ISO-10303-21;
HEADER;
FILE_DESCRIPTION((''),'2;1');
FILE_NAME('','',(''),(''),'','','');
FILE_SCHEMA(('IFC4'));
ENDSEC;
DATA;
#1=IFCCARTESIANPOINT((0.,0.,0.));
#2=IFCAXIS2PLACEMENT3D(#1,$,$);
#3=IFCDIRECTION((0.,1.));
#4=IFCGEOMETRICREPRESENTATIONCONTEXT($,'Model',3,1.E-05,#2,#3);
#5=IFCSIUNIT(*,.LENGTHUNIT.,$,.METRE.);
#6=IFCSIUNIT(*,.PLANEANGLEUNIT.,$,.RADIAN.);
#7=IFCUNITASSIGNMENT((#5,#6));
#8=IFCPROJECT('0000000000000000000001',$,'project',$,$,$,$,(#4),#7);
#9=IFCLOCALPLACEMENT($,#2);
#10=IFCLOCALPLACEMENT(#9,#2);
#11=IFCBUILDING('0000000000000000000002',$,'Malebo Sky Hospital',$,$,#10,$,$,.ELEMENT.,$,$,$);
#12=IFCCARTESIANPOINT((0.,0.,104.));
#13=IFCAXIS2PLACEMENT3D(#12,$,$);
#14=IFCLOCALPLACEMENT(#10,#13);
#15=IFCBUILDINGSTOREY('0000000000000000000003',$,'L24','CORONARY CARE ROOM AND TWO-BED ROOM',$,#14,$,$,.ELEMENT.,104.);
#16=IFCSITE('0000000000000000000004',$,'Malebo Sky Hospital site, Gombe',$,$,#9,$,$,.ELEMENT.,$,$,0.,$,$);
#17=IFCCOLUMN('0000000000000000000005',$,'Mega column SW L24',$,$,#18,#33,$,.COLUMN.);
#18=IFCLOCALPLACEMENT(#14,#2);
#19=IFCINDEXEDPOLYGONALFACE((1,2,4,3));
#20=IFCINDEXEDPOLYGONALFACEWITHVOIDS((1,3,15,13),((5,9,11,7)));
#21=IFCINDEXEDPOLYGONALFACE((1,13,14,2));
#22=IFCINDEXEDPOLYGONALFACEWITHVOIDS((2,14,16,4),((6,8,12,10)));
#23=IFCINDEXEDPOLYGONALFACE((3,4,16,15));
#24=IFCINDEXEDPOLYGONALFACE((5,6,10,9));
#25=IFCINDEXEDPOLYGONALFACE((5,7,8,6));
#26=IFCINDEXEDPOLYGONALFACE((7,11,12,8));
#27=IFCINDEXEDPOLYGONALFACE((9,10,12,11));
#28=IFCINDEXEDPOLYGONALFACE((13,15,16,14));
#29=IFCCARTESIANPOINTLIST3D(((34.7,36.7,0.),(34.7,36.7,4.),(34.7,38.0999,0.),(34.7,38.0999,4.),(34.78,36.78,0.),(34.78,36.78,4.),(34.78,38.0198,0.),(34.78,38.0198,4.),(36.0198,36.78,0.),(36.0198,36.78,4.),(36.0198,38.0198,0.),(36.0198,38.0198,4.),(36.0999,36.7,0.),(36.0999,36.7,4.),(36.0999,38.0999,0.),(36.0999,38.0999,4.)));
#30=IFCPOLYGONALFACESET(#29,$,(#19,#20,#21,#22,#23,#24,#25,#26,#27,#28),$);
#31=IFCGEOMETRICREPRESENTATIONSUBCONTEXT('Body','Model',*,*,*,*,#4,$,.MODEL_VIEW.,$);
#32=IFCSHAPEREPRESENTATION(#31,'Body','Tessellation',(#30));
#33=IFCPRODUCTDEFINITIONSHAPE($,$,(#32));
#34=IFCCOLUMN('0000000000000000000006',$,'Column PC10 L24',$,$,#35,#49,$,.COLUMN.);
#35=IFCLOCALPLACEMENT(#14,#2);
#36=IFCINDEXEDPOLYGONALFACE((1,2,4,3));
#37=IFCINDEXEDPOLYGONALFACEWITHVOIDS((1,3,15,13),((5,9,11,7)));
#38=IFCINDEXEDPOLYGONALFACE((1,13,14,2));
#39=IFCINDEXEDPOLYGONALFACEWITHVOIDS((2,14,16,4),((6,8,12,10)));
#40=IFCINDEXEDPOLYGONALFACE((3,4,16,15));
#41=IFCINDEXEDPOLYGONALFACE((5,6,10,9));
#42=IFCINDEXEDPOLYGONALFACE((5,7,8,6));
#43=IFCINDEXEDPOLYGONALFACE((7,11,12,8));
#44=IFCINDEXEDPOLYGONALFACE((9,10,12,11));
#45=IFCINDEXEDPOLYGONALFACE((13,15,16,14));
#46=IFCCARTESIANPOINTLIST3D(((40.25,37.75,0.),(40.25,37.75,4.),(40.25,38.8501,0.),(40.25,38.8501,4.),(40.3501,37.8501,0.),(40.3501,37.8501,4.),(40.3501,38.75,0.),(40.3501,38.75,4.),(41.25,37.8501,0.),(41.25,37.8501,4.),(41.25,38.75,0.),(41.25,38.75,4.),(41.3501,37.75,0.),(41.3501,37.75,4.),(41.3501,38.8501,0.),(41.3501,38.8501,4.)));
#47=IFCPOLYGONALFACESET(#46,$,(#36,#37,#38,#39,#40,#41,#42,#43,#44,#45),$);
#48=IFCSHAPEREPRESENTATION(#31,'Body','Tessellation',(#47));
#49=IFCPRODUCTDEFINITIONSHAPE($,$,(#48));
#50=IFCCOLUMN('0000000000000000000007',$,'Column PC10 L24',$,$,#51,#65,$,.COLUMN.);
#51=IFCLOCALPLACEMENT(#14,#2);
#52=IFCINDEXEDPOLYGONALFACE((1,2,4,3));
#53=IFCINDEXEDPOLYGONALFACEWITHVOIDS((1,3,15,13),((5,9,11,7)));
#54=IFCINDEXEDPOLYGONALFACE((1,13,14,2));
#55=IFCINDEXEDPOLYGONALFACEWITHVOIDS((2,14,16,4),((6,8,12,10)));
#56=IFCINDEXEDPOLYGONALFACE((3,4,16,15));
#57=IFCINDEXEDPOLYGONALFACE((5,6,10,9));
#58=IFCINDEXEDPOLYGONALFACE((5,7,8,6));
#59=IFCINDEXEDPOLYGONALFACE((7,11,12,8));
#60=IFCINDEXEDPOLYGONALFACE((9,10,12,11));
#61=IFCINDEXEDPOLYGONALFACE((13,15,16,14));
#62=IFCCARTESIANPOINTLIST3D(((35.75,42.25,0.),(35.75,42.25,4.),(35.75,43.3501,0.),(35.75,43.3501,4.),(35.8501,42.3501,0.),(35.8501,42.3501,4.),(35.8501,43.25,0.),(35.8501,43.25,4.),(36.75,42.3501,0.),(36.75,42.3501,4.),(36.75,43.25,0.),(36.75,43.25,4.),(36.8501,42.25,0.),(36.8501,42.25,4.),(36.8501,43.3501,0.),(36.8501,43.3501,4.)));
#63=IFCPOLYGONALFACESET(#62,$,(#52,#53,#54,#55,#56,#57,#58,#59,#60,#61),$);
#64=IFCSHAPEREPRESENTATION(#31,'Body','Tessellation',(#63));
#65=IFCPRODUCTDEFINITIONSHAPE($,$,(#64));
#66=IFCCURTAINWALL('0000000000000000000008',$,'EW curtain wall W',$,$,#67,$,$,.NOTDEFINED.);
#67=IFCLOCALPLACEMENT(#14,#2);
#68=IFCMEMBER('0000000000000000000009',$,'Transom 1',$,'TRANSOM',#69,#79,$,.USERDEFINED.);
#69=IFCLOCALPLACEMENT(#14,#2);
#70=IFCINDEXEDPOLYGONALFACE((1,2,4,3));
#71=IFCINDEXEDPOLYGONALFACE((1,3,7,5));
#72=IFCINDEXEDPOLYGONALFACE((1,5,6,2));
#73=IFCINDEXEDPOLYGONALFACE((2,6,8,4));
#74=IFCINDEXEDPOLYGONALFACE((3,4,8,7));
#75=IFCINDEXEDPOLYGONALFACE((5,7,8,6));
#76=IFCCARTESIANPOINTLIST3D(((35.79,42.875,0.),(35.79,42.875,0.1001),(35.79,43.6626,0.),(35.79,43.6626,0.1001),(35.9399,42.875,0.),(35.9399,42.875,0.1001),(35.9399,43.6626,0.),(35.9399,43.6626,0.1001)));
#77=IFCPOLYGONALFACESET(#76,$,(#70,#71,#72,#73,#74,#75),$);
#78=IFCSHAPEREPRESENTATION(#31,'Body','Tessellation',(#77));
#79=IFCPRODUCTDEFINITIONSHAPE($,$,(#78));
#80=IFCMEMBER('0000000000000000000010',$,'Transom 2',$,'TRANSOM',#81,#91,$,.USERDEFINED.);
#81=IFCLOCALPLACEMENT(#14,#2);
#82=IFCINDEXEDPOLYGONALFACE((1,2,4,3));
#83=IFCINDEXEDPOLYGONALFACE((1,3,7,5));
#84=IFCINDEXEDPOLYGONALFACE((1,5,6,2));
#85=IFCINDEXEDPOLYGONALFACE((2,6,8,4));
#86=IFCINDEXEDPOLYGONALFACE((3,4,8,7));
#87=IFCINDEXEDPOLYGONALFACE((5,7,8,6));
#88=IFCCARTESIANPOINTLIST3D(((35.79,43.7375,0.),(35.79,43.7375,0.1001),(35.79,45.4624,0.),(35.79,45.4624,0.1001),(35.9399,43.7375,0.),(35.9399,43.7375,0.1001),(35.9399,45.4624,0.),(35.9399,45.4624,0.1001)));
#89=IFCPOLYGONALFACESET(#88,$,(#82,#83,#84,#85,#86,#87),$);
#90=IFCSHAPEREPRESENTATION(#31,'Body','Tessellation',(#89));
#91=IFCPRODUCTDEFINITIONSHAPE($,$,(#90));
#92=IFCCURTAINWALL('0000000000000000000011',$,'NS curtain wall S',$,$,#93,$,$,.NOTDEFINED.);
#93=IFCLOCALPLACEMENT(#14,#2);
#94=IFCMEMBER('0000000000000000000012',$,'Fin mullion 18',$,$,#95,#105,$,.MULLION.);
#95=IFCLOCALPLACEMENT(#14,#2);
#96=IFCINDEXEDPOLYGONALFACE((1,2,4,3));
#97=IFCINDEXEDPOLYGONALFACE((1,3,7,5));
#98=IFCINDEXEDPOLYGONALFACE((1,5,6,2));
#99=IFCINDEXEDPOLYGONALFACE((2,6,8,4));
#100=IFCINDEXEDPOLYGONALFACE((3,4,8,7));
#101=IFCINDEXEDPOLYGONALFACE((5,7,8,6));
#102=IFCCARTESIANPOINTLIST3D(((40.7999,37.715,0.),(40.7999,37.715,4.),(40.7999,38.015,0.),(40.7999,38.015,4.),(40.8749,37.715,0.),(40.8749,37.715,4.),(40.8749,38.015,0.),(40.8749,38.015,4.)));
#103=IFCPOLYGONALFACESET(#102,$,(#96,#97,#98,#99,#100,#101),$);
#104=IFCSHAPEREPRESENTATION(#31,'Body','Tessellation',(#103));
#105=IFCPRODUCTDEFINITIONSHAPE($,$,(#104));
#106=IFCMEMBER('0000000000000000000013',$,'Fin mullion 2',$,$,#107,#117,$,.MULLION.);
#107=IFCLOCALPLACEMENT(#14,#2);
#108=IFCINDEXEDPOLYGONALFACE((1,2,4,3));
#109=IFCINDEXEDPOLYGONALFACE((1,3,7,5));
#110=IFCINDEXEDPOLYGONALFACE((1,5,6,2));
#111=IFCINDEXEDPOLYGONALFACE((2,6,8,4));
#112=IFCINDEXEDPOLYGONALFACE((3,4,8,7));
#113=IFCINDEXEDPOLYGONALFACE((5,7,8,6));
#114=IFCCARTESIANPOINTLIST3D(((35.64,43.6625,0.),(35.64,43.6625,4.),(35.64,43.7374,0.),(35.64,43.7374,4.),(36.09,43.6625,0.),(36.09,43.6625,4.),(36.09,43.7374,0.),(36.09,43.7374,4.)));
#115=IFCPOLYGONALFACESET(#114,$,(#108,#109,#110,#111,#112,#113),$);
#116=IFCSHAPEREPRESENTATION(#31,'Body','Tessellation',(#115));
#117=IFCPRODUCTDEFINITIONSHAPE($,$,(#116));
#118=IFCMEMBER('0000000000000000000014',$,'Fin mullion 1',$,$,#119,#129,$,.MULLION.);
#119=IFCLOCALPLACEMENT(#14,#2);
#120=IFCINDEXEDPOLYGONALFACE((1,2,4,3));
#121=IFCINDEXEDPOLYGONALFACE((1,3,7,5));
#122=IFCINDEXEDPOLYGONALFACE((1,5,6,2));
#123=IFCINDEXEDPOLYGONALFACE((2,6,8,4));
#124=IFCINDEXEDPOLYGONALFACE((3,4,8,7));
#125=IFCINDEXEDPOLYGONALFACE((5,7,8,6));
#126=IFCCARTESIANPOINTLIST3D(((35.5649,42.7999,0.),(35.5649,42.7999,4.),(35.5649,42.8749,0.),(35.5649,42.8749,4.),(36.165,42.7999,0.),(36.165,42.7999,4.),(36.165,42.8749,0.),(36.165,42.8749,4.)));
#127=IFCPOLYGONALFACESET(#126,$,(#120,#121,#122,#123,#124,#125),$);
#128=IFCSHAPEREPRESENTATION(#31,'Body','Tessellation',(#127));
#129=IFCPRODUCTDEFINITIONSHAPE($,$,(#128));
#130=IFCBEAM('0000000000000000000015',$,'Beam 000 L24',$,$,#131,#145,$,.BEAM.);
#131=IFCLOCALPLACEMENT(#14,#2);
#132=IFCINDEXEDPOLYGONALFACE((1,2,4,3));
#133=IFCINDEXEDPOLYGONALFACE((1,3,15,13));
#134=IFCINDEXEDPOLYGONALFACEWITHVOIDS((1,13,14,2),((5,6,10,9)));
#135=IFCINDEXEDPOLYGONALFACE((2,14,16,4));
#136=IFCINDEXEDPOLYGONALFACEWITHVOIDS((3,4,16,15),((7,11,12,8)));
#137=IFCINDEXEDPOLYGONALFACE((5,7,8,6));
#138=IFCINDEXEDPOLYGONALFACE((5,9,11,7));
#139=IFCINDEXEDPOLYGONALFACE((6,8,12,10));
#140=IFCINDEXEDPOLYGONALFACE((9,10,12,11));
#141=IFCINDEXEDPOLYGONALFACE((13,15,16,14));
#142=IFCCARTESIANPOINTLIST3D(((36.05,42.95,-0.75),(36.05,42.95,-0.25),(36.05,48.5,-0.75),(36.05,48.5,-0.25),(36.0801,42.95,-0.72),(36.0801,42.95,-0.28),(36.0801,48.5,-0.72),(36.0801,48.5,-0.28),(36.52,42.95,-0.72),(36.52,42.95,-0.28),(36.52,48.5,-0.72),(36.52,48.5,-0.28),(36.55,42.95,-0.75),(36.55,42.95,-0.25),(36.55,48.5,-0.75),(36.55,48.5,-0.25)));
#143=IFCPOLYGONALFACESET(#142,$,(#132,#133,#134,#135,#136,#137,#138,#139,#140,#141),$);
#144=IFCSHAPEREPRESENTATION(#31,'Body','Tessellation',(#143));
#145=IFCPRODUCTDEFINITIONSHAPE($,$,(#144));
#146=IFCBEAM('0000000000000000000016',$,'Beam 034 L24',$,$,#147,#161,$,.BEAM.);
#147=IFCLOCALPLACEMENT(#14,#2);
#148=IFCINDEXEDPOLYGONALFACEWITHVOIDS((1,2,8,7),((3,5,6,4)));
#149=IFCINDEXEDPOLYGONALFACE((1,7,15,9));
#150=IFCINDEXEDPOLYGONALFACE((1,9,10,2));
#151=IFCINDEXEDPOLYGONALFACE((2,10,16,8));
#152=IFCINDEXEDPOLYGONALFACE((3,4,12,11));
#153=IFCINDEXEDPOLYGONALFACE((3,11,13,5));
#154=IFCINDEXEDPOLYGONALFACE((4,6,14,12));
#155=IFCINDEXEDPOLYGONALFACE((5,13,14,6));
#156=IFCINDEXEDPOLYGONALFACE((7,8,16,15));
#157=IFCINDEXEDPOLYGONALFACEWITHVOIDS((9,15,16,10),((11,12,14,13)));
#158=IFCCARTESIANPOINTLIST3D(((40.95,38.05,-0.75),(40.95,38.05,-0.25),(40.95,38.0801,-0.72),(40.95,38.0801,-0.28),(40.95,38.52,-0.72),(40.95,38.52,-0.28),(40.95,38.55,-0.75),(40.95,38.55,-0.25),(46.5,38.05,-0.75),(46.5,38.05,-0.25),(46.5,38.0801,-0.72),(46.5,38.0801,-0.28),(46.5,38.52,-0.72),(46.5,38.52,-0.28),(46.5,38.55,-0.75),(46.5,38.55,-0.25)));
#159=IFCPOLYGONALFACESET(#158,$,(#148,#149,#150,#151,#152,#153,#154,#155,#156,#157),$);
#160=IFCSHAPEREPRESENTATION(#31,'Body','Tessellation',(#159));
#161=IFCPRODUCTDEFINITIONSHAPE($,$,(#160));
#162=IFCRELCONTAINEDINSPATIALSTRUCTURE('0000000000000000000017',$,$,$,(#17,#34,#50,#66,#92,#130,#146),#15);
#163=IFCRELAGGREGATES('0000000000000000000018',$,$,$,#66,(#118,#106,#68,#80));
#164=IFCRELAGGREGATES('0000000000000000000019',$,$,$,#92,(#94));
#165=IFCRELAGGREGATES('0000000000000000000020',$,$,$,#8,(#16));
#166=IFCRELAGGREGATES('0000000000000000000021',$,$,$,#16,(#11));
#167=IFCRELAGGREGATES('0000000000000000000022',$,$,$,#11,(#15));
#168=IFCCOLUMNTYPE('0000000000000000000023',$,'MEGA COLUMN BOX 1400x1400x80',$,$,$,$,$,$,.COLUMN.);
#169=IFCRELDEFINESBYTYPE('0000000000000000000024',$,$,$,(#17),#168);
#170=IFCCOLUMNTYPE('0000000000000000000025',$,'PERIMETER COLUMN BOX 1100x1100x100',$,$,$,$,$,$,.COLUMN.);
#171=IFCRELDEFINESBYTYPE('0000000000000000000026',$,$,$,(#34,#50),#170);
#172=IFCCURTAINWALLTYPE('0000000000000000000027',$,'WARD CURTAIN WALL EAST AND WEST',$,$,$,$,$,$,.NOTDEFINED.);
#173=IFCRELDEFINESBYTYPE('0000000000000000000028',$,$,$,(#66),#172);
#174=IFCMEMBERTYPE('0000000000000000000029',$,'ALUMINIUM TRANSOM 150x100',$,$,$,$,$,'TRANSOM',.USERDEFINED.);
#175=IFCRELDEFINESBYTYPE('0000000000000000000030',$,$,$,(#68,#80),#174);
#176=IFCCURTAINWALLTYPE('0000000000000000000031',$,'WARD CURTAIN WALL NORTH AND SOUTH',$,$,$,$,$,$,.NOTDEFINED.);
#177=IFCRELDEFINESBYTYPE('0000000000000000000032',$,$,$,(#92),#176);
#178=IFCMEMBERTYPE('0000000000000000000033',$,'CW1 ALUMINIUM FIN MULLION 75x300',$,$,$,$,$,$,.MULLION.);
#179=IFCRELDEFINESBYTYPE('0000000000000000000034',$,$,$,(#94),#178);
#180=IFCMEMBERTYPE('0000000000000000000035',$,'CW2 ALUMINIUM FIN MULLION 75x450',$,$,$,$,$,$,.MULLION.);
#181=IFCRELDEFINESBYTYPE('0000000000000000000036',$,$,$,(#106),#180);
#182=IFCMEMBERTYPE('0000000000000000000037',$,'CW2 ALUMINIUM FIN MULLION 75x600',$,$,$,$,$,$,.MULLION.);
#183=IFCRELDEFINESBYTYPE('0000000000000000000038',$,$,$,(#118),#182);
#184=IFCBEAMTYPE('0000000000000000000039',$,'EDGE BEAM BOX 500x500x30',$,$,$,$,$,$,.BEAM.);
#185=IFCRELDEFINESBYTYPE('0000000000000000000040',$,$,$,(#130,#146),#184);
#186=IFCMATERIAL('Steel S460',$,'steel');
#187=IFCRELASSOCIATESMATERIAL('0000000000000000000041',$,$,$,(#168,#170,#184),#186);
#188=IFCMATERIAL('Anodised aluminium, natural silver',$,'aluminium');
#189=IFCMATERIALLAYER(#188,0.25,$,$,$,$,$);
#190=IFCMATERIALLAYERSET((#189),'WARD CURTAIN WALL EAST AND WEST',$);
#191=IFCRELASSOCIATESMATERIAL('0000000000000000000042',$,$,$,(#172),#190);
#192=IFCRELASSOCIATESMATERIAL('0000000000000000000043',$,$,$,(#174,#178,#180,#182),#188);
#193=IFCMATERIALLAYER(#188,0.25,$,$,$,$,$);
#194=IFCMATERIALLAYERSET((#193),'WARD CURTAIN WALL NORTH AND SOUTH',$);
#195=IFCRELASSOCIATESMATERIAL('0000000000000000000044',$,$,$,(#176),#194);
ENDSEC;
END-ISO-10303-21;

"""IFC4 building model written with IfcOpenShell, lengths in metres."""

from ifc_helpers import new_model, si_unit, direction, frame, origin, origin_2d, place, context, subcontext, project, spatial, rectangle, hollow_rectangle, extrude, material, layer, layer_set, material_profile, profile_set, type_object, element, aggregate, save


model = new_model("IFC4")

# Units and contexts
model_context = context("Model", 3, precision=1e-05, world=origin(), true_north=direction((0.0, 1.0)))
body_context = subcontext(model_context, "Body", "Model", "MODEL_VIEW")
ifc_project = project(units=[si_unit("LENGTHUNIT", "METRE"), si_unit("PLANEANGLEUNIT", "RADIAN")], contexts=[model_context])

# Site, building, storey
site_placement = place(None, origin())
site = spatial("IfcSite", under=ifc_project, at=site_placement, Name="Malebo Sky Hospital site, Gombe", CompositionType="ELEMENT", RefElevation=0.0)
building_placement = place(site_placement, origin())
building = spatial("IfcBuilding", under=site, at=building_placement, Name="Malebo Sky Hospital", CompositionType="ELEMENT")
storey_placement = place(building_placement, frame((0.0, 0.0, 104.0)))
storey = spatial("IfcBuildingStorey", under=building, at=storey_placement, Name="L24", Description="CORONARY CARE ROOM AND TWO-BED ROOM", CompositionType="ELEMENT", Elevation=104.0)

# Columns
ifc_material_1 = material(Name="Steel S460", Category="steel")
ifc_material_profile_1 = material_profile(ifc_material_1, hollow_rectangle(XDim=1.3999, YDim=1.3999, WallThickness=0.0801, at=origin_2d()), Name="BOX 1400x1400x80")
ifc_profile_set_1 = profile_set([ifc_material_profile_1], Name="Steel S460")
column_type_1 = type_object("IfcColumnType", Name="MEGA COLUMN BOX 1400x1400x80", PredefinedType="COLUMN", material=ifc_profile_set_1)
column_placement = place(storey_placement, frame((35.3999, 37.3999, 0.0), z_axis=(0.0, 0.0, 1.0), x_axis=(1.0, 0.0, 0.0)))
element("IfcColumn", 1, at=column_placement, inside=storey, type_object=column_type_1, Name="Mega column SW L24", PredefinedType="COLUMN", context=body_context, shape_type="SweptSolid", body=[
    extrude(hollow_rectangle(XDim=1.3999, YDim=1.3999, WallThickness=0.0801, at=origin_2d()), origin(), (0.0, 0.0, 1.0), 4.0),
])
ifc_material_profile_2 = material_profile(ifc_material_1, hollow_rectangle(XDim=1.1001, YDim=1.1001, WallThickness=0.1001, at=origin_2d()), Name="BOX 1100x1100x100")
ifc_profile_set_2 = profile_set([ifc_material_profile_2], Name="Steel S460")
column_type_2 = type_object("IfcColumnType", Name="PERIMETER COLUMN BOX 1100x1100x100", PredefinedType="COLUMN", material=ifc_profile_set_2)
for number, where, z_axis, x_axis, name in (
    (2, (40.8, 38.3, 0.0), (0.0, 0.0, 1.0), (1.0, 0.0, 0.0), "Column PC10 L24"),
    (3, (36.3, 42.8, 0.0), (0.0, 0.0, 1.0), (1.0, 0.0, 0.0), "Column PC10 L24"),
):
    element("IfcColumn", number, at=place(storey_placement, frame(where, z_axis=z_axis, x_axis=x_axis)), inside=storey, type_object=column_type_2, Name=name, PredefinedType="COLUMN", context=body_context, shape_type="SweptSolid", body=[
        extrude(hollow_rectangle(XDim=1.1001, YDim=1.1001, WallThickness=0.1001, at=origin_2d()), origin(), (0.0, 0.0, 1.0), 4.0),
    ])

# Curtain wall, members
ifc_material_2 = material(Name="Anodised aluminium, natural silver", Category="aluminium")
ifc_layer_1 = layer(ifc_material_2, 0.25)
ifc_layer_set_1 = layer_set([ifc_layer_1], Name="WARD CURTAIN WALL EAST AND WEST")
curtain_wall_type_1 = type_object("IfcCurtainWallType", Name="WARD CURTAIN WALL EAST AND WEST", PredefinedType="NOTDEFINED", material=ifc_layer_set_1)
curtain_wall_1_placement = place(storey_placement, origin())
curtain_wall_1 = element("IfcCurtainWall", 4, at=curtain_wall_1_placement, inside=storey, type_object=curtain_wall_type_1, Name="EW curtain wall W", PredefinedType="NOTDEFINED")
ifc_material_profile_3 = material_profile(ifc_material_2, rectangle(XDim=0.1499, YDim=0.1001, at=origin_2d()), Name="ALUMINIUM TRANSOM 150x100")
ifc_profile_set_3 = profile_set([ifc_material_profile_3], Name="Anodised aluminium, natural silver")
member_type_1 = type_object("IfcMemberType", Name="ALUMINIUM TRANSOM 150x100", ElementType="TRANSOM", PredefinedType="USERDEFINED", material=ifc_profile_set_3)
member_1_placement = place(storey_placement, frame((35.865, 42.875, 0.05), z_axis=(0.0, 1.0, 0.0), x_axis=(-1.0, 0.0, 0.0)))
member_1 = element("IfcMember", 5, at=member_1_placement, type_object=member_type_1, Name="Transom 1", ObjectType="TRANSOM", PredefinedType="USERDEFINED", context=body_context, shape_type="SweptSolid", body=[
    extrude(rectangle(XDim=0.1499, YDim=0.1001, at=origin_2d()), origin(), (0.0, 0.0, 1.0), 0.7876),
])
member_2_placement = place(storey_placement, frame((35.865, 43.7375, 0.05), z_axis=(0.0, 1.0, 0.0), x_axis=(-1.0, 0.0, 0.0)))
member_2 = element("IfcMember", 6, at=member_2_placement, type_object=member_type_1, Name="Transom 2", ObjectType="TRANSOM", PredefinedType="USERDEFINED", context=body_context, shape_type="SweptSolid", body=[
    extrude(rectangle(XDim=0.1499, YDim=0.1001, at=origin_2d()), origin(), (0.0, 0.0, 1.0), 1.7249),
])

# Curtain wall, member
ifc_layer_2 = layer(ifc_material_2, 0.25)
ifc_layer_set_2 = layer_set([ifc_layer_2], Name="WARD CURTAIN WALL NORTH AND SOUTH")
curtain_wall_type_2 = type_object("IfcCurtainWallType", Name="WARD CURTAIN WALL NORTH AND SOUTH", PredefinedType="NOTDEFINED", material=ifc_layer_set_2)
curtain_wall_2_placement = place(storey_placement, origin())
curtain_wall_2 = element("IfcCurtainWall", 7, at=curtain_wall_2_placement, inside=storey, type_object=curtain_wall_type_2, Name="NS curtain wall S", PredefinedType="NOTDEFINED")
ifc_material_profile_4 = material_profile(ifc_material_2, rectangle(XDim=0.075, YDim=0.3, at=origin_2d()), Name="CW1 ALUMINIUM FIN MULLION 75x300")
ifc_profile_set_4 = profile_set([ifc_material_profile_4], Name="Anodised aluminium, natural silver")
member_type_2 = type_object("IfcMemberType", Name="CW1 ALUMINIUM FIN MULLION 75x300", PredefinedType="MULLION", material=ifc_profile_set_4)
member_3_placement = place(storey_placement, frame((40.8374, 37.865, 0.0), z_axis=(0.0, 0.0, 1.0), x_axis=(-1.0, 0.0, 0.0)))
member_3 = element("IfcMember", 8, at=member_3_placement, type_object=member_type_2, Name="Fin mullion 18", PredefinedType="MULLION", context=body_context, shape_type="SweptSolid", body=[
    extrude(rectangle(XDim=0.075, YDim=0.3, at=origin_2d()), origin(), (0.0, 0.0, 1.0), 4.0),
])

# Members
ifc_material_profile_5 = material_profile(ifc_material_2, rectangle(XDim=0.075, YDim=0.45, at=origin_2d()), Name="CW2 ALUMINIUM FIN MULLION 75x450")
ifc_profile_set_5 = profile_set([ifc_material_profile_5], Name="Anodised aluminium, natural silver")
member_type_3 = type_object("IfcMemberType", Name="CW2 ALUMINIUM FIN MULLION 75x450", PredefinedType="MULLION", material=ifc_profile_set_5)
member_4_placement = place(storey_placement, frame((35.865, 43.7, 0.0), z_axis=(0.0, 0.0, 1.0), x_axis=(0.0, 1.0, 0.0)))
member_4 = element("IfcMember", 9, at=member_4_placement, type_object=member_type_3, Name="Fin mullion 2", PredefinedType="MULLION", context=body_context, shape_type="SweptSolid", body=[
    extrude(rectangle(XDim=0.075, YDim=0.45, at=origin_2d()), origin(), (0.0, 0.0, 1.0), 4.0),
])
ifc_material_profile_6 = material_profile(ifc_material_2, rectangle(XDim=0.075, YDim=0.6001, at=origin_2d()), Name="CW2 ALUMINIUM FIN MULLION 75x600")
ifc_profile_set_6 = profile_set([ifc_material_profile_6], Name="Anodised aluminium, natural silver")
member_type_4 = type_object("IfcMemberType", Name="CW2 ALUMINIUM FIN MULLION 75x600", PredefinedType="MULLION", material=ifc_profile_set_6)
member_5_placement = place(storey_placement, frame((35.865, 42.8374, 0.0), z_axis=(0.0, 0.0, 1.0), x_axis=(0.0, 1.0, 0.0)))
member_5 = element("IfcMember", 10, at=member_5_placement, type_object=member_type_4, Name="Fin mullion 1", PredefinedType="MULLION", context=body_context, shape_type="SweptSolid", body=[
    extrude(rectangle(XDim=0.075, YDim=0.6001, at=origin_2d()), origin(), (0.0, 0.0, 1.0), 4.0),
])

# Beams
ifc_material_profile_7 = material_profile(ifc_material_1, hollow_rectangle(XDim=0.5, YDim=0.5, WallThickness=0.03, at=origin_2d()), Name="BOX 500x500x30")
ifc_profile_set_7 = profile_set([ifc_material_profile_7], Name="Steel S460")
beam_type_1 = type_object("IfcBeamType", Name="EDGE BEAM BOX 500x500x30", PredefinedType="BEAM", material=ifc_profile_set_7)
for number, where, z_axis, x_axis, name in (
    (11, (36.3, 42.95, -0.5), (0.0, 1.0, 0.0), (-1.0, 0.0, 0.0), "Beam 000 L24"),
    (12, (40.95, 38.3, -0.5), (1.0, 0.0, 0.0), (0.0, 1.0, 0.0), "Beam 034 L24"),
):
    element("IfcBeam", number, at=place(storey_placement, frame(where, z_axis=z_axis, x_axis=x_axis)), inside=storey, type_object=beam_type_1, Name=name, PredefinedType="BEAM", context=body_context, shape_type="SweptSolid", body=[
        extrude(hollow_rectangle(XDim=0.5, YDim=0.5, WallThickness=0.03, at=origin_2d()), origin(), (0.0, 0.0, 1.0), 5.55),
    ])

aggregate(curtain_wall_1, [member_5, member_4, member_1, member_2])
aggregate(curtain_wall_2, [member_3])

save(model, "model.ifc")
